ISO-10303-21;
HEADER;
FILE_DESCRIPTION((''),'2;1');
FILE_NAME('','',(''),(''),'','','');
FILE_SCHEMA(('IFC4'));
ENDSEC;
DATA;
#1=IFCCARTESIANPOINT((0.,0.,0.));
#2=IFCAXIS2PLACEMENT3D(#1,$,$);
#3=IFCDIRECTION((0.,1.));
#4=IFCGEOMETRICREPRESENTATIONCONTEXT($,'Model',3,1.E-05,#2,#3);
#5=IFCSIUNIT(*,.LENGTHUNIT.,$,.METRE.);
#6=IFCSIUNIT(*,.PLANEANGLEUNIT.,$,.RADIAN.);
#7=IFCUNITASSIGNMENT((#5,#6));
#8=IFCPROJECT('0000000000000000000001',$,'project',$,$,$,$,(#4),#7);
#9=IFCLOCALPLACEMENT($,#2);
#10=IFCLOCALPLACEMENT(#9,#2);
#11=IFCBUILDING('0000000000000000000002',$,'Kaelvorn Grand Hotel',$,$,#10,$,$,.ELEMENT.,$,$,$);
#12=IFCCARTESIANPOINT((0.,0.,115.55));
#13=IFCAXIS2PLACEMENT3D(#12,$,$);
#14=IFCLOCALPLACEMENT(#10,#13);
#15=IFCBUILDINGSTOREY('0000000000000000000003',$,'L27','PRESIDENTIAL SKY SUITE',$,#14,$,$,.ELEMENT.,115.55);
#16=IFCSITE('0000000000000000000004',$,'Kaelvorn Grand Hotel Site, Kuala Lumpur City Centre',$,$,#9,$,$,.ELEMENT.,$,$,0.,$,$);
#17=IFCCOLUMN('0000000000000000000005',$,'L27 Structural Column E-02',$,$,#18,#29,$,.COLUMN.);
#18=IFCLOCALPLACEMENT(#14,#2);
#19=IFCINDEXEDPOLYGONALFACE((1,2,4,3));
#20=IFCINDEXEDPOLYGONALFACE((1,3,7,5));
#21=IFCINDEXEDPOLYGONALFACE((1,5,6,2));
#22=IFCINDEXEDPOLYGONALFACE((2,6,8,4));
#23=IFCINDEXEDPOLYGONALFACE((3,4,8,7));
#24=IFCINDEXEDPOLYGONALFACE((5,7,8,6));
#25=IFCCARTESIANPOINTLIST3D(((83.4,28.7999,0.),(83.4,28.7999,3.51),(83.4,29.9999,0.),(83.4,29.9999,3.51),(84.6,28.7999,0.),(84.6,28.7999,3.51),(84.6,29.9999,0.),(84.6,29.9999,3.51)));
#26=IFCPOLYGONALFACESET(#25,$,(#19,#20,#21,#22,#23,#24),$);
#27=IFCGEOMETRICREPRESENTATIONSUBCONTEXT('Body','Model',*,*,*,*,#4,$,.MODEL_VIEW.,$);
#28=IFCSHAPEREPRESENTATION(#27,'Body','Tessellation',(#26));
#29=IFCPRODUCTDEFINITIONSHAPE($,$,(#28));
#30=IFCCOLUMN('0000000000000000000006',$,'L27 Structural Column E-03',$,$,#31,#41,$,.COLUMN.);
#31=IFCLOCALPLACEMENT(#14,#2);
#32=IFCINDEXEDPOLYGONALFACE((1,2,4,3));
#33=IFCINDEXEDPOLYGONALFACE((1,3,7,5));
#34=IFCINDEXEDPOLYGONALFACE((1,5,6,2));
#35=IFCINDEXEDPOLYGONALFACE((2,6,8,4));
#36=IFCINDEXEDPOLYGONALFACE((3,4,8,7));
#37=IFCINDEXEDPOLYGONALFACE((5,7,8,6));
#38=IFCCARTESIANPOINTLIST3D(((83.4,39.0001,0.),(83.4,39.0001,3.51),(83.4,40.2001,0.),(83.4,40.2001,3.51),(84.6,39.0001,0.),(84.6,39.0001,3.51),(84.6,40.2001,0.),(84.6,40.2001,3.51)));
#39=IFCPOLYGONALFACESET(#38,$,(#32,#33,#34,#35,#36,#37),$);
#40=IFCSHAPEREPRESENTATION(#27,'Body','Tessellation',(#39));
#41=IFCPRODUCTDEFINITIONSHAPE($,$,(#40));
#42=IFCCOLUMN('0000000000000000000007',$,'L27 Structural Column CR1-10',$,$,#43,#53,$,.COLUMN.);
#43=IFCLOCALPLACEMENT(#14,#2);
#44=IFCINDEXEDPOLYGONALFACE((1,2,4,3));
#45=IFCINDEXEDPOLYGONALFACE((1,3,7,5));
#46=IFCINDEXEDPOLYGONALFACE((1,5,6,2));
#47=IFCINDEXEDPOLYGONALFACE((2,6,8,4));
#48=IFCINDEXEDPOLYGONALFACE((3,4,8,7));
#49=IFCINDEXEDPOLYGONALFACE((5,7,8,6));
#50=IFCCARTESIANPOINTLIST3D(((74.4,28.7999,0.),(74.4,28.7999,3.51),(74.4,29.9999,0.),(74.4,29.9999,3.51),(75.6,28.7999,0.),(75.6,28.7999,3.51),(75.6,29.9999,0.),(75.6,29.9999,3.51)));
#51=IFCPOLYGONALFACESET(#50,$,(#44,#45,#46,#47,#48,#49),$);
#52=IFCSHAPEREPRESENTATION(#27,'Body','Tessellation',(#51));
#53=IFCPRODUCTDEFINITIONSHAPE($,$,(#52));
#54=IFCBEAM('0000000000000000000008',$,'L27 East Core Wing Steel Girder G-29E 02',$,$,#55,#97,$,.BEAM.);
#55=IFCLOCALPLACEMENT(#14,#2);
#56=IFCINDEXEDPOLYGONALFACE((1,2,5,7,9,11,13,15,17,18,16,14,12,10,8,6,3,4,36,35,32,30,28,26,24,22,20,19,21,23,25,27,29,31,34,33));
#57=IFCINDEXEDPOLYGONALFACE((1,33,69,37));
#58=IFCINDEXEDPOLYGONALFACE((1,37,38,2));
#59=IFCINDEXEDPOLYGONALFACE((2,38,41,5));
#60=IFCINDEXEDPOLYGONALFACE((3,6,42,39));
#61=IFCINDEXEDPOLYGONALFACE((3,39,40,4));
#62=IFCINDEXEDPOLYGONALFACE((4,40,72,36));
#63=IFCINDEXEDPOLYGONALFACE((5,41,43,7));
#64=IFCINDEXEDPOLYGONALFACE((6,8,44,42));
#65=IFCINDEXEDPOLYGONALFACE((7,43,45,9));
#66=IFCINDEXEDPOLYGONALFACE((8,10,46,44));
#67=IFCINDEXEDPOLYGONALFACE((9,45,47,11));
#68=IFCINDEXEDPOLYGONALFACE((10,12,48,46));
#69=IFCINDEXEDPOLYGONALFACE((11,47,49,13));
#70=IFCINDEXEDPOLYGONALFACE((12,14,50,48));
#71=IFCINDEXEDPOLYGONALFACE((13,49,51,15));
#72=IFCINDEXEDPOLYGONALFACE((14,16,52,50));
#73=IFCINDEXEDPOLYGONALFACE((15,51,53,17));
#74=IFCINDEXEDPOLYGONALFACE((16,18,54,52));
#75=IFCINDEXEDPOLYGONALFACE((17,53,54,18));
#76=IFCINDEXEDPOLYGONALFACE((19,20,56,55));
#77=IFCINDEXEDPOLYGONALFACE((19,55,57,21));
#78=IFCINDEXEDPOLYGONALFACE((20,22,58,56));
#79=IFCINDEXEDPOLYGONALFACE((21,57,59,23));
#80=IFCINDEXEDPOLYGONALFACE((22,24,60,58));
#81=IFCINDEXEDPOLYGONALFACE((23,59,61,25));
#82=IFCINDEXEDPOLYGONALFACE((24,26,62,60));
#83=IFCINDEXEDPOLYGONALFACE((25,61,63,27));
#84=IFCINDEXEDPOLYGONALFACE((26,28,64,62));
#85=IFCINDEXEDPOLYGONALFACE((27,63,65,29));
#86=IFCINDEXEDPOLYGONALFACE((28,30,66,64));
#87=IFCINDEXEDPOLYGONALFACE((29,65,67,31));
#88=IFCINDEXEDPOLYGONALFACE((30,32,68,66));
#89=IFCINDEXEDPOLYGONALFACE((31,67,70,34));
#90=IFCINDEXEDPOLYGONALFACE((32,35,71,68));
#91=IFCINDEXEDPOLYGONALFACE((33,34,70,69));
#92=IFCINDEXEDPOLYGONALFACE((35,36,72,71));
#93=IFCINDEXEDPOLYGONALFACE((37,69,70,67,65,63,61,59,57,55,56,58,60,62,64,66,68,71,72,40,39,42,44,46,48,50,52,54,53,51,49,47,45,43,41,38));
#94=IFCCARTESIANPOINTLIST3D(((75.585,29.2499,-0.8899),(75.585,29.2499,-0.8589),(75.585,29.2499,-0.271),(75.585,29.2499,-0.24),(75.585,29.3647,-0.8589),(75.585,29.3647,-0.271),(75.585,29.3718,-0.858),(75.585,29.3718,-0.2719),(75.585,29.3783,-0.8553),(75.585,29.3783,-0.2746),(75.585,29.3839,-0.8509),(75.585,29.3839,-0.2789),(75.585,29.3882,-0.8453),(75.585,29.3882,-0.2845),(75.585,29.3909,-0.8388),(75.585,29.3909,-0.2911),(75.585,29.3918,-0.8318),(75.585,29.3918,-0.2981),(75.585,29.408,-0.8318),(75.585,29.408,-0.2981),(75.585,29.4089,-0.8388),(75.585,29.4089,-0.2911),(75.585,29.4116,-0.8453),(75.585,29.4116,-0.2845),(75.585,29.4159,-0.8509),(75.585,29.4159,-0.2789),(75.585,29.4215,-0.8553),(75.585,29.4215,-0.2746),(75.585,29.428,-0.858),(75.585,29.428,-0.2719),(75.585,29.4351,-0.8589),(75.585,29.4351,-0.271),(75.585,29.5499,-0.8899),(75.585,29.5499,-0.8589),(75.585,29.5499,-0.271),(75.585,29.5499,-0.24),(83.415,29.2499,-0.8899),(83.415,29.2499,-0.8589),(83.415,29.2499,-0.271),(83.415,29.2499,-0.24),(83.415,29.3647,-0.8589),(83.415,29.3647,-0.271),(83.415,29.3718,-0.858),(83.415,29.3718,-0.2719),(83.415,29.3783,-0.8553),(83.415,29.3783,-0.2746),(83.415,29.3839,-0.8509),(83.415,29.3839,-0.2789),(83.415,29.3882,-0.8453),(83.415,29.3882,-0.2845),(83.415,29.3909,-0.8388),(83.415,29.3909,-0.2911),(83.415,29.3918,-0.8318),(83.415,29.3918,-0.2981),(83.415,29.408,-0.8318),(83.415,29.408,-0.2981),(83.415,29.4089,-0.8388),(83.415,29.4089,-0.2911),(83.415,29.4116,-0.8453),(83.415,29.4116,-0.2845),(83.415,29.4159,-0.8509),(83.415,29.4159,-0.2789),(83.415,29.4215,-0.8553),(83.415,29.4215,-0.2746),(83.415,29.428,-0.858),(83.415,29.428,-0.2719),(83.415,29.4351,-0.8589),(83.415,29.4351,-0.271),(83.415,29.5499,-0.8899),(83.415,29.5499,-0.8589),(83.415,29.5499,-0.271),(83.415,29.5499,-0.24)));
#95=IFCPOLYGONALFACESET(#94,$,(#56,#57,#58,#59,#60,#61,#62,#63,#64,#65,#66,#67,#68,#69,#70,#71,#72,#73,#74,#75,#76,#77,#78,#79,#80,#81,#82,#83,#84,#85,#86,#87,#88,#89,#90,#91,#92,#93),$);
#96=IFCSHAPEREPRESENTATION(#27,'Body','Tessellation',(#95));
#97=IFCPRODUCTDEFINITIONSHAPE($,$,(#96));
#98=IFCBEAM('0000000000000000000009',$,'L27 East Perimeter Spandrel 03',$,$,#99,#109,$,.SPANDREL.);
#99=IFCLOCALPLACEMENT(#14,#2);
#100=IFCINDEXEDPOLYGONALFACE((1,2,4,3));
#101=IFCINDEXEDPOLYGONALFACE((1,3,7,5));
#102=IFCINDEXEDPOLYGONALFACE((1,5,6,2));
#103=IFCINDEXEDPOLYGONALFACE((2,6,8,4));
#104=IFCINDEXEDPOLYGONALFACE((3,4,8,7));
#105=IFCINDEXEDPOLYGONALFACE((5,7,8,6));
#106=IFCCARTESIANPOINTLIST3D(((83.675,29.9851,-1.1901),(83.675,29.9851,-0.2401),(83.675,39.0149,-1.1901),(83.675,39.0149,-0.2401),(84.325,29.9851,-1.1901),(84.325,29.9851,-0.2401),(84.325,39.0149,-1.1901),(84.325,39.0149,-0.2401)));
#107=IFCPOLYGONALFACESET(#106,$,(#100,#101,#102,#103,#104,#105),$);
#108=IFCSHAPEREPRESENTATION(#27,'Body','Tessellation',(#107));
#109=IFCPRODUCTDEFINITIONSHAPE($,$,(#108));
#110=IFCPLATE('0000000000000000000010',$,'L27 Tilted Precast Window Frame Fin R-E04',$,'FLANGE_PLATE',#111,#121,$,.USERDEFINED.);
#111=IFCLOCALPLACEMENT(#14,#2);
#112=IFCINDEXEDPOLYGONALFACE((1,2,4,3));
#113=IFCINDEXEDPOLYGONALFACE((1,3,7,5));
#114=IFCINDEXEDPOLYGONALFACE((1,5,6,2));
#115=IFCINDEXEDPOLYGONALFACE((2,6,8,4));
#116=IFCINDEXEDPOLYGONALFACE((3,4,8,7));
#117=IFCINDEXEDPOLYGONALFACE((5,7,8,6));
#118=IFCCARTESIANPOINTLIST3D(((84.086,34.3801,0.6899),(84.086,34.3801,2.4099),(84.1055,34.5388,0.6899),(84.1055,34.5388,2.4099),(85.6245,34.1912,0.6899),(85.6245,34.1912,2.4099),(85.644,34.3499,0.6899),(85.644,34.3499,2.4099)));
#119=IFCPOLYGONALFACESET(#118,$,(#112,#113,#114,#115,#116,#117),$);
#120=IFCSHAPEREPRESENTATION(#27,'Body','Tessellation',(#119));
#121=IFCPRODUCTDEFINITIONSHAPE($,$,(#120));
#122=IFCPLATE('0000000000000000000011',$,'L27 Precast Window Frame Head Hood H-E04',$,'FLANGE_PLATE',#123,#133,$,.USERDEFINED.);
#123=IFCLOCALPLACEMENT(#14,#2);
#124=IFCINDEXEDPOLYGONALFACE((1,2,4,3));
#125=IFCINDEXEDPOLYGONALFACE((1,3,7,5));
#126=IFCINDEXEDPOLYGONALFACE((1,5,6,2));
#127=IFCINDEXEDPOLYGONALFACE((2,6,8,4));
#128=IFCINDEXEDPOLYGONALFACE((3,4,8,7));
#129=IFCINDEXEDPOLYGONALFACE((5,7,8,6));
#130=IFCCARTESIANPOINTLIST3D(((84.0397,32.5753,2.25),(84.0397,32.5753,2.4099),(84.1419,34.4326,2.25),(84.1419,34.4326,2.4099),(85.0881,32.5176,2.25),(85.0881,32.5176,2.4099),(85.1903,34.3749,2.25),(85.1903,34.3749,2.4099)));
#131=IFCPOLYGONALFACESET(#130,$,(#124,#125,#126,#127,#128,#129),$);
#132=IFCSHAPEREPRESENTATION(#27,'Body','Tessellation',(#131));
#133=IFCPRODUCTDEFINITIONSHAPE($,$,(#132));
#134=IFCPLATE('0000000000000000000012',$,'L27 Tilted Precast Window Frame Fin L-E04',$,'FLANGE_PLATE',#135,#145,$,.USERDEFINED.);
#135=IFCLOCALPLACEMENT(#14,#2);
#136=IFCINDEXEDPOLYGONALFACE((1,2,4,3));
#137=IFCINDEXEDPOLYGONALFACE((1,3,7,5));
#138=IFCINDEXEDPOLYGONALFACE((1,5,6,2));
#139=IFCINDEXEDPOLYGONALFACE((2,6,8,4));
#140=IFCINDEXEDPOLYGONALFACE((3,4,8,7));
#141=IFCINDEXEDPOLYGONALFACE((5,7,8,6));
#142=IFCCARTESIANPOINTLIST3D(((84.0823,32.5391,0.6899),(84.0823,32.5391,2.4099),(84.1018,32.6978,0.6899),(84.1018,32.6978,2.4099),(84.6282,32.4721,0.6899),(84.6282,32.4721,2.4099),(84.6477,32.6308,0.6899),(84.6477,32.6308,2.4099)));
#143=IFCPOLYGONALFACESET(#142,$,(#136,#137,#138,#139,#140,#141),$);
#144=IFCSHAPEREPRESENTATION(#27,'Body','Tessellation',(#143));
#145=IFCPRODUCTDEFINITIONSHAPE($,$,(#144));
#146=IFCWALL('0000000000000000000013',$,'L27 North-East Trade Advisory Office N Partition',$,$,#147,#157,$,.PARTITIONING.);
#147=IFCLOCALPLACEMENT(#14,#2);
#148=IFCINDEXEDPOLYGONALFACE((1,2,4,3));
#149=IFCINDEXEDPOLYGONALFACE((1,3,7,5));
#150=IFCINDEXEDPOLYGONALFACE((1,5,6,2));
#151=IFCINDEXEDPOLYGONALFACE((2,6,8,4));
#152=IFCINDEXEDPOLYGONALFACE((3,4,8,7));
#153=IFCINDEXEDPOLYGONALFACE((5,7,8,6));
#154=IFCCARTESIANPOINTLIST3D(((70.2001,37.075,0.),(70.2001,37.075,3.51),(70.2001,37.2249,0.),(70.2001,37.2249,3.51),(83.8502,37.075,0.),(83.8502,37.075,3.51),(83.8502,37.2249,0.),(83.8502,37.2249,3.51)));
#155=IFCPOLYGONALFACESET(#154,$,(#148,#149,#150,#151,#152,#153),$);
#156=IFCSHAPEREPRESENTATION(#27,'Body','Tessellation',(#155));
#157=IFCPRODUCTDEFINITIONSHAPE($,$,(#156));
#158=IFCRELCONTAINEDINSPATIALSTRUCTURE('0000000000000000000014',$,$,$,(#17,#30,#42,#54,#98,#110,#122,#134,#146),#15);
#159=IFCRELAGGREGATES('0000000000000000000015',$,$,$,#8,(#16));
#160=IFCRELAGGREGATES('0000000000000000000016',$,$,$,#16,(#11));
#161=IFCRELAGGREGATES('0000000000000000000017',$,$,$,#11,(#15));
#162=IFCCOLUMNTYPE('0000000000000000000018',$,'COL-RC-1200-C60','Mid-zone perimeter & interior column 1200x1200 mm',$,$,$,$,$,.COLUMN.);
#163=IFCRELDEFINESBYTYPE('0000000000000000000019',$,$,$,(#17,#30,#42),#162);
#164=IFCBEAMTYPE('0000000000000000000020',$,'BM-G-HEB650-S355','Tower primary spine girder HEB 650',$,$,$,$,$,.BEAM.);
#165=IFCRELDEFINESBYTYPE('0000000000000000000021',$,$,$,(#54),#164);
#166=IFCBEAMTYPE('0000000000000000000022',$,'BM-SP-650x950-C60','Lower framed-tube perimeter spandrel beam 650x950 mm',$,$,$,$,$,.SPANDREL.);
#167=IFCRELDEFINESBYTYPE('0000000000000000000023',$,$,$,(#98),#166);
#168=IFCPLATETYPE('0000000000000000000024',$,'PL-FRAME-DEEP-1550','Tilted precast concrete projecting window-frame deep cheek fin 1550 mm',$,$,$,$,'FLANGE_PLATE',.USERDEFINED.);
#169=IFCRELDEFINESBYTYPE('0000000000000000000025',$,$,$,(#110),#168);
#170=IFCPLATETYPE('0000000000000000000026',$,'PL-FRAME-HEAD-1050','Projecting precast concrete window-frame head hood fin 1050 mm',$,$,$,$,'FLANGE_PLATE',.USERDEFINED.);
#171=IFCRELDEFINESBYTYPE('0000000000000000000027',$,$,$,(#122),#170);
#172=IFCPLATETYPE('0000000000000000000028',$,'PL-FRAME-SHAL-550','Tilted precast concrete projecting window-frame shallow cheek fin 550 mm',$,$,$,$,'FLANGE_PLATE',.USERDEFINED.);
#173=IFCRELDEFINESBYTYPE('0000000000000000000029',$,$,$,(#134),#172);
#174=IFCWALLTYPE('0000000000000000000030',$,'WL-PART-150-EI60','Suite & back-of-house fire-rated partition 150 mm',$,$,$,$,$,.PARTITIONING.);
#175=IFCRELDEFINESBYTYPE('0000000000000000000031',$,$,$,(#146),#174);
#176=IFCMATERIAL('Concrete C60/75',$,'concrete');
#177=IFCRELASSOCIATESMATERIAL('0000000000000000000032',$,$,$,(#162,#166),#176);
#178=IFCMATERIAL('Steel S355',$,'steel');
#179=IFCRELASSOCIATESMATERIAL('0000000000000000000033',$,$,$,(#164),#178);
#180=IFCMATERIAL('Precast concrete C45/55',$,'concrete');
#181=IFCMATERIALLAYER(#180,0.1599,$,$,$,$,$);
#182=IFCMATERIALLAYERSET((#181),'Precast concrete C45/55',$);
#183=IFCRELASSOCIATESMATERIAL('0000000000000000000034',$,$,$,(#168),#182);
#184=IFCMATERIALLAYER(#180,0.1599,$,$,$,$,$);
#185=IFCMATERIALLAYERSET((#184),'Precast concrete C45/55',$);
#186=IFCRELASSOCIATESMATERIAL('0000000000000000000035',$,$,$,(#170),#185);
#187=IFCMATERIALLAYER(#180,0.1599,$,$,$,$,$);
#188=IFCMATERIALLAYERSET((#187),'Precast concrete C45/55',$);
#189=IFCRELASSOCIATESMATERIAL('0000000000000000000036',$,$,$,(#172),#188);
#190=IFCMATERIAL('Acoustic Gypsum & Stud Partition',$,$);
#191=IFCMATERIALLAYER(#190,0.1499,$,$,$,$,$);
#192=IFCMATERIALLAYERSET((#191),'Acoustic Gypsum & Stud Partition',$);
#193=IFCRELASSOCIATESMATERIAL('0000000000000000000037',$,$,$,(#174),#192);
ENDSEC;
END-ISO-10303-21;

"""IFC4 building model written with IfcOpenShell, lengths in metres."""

from ifc_helpers import new_model, si_unit, direction, frame, frame_2d, origin, origin_2d, place, context, subcontext, project, spatial, rectangle, i_section, extrude, material, layer, layer_set, material_profile, profile_set, type_object, element, save


model = new_model("IFC4")

# Units and contexts
model_context = context("Model", 3, precision=1e-05, world=origin(), true_north=direction((0.0, 1.0)))
body_context = subcontext(model_context, "Body", "Model", "MODEL_VIEW")
ifc_project = project(units=[si_unit("LENGTHUNIT", "METRE"), si_unit("PLANEANGLEUNIT", "RADIAN")], contexts=[model_context])

# Site, building, storey
site_placement = place(None, origin())
site = spatial("IfcSite", under=ifc_project, at=site_placement, Name="Kaelvorn Grand Hotel Site, Kuala Lumpur City Centre", CompositionType="ELEMENT", RefElevation=0.0)
building_placement = place(site_placement, origin())
building = spatial("IfcBuilding", under=site, at=building_placement, Name="Kaelvorn Grand Hotel", CompositionType="ELEMENT")
storey_placement = place(building_placement, frame((0.0, 0.0, 115.55)))
storey = spatial("IfcBuildingStorey", under=building, at=storey_placement, Name="L27", Description="PRESIDENTIAL SKY SUITE", CompositionType="ELEMENT", Elevation=115.55)

# Columns
ifc_material_1 = material(Name="Concrete C60/75", Category="concrete")
ifc_material_profile_1 = material_profile(ifc_material_1, rectangle(XDim=1.2, YDim=1.2, at=origin_2d()), Name="RC COL 1200x1200")
ifc_profile_set_1 = profile_set([ifc_material_profile_1], Name="Concrete C60/75")
column_type = type_object("IfcColumnType", Name="COL-RC-1200-C60", Description="Mid-zone perimeter & interior column 1200x1200 mm", PredefinedType="COLUMN", material=ifc_profile_set_1)
for number, where, z_axis, x_axis, name in (
    (1, (84.0, 29.3999, 0.0), (0.0, 0.0, 1.0), (1.0, 0.0, 0.0), "L27 Structural Column E-02"),
    (2, (84.0, 39.6001, 0.0), (0.0, 0.0, 1.0), (1.0, 0.0, 0.0), "L27 Structural Column E-03"),
    (3, (75.0, 29.3999, 0.0), (0.0, 0.0, 1.0), (1.0, 0.0, 0.0), "L27 Structural Column CR1-10"),
):
    element("IfcColumn", number, at=place(storey_placement, frame(where, z_axis=z_axis, x_axis=x_axis)), inside=storey, type_object=column_type, Name=name, PredefinedType="COLUMN", context=body_context, shape_type="SweptSolid", body=[
        extrude(rectangle(XDim=1.2, YDim=1.2, at=origin_2d()), origin(), (0.0, 0.0, 1.0), 3.51),
    ])

# Beams
ifc_material_2 = material(Name="Steel S355", Category="steel")
ifc_material_profile_2 = material_profile(ifc_material_2, i_section(OverallWidth=0.3, OverallDepth=0.6499, WebThickness=0.0161, FlangeThickness=0.031, FilletRadius=0.0271, at=origin_2d()), Name="HEB 650")
ifc_profile_set_2 = profile_set([ifc_material_profile_2], Name="Steel S355")
beam_type_1 = type_object("IfcBeamType", Name="BM-G-HEB650-S355", Description="Tower primary spine girder HEB 650", PredefinedType="BEAM", material=ifc_profile_set_2)
beam_1_placement = place(storey_placement, frame((75.585, 29.3999, -0.5649), z_axis=(1.0, 0.0, 0.0), x_axis=(0.0, 1.0, 0.0)))
element("IfcBeam", 4, at=beam_1_placement, inside=storey, type_object=beam_type_1, Name="L27 East Core Wing Steel Girder G-29E 02", PredefinedType="BEAM", context=body_context, shape_type="SweptSolid", body=[
    extrude(i_section(OverallWidth=0.3, OverallDepth=0.6499, WebThickness=0.0161, FlangeThickness=0.031, FilletRadius=0.0271, at=origin_2d()), origin(), (0.0, 0.0, 1.0), 7.8301),
])
ifc_material_profile_3 = material_profile(ifc_material_1, rectangle(XDim=0.6499, YDim=0.95, at=origin_2d()), Name="RC SPANDREL 650x950")
ifc_profile_set_3 = profile_set([ifc_material_profile_3], Name="Concrete C60/75")
beam_type_2 = type_object("IfcBeamType", Name="BM-SP-650x950-C60", Description="Lower framed-tube perimeter spandrel beam 650x950 mm", PredefinedType="SPANDREL", material=ifc_profile_set_3)
beam_2_placement = place(storey_placement, frame((84.0, 29.9851, -0.7151), z_axis=(0.0, 1.0, 0.0), x_axis=(-1.0, 0.0, 0.0)))
element("IfcBeam", 5, at=beam_2_placement, inside=storey, type_object=beam_type_2, Name="L27 East Perimeter Spandrel 03", PredefinedType="SPANDREL", context=body_context, shape_type="SweptSolid", body=[
    extrude(rectangle(XDim=0.6499, YDim=0.95, at=origin_2d()), origin(), (0.0, 0.0, 1.0), 9.0298),
])

# Plates
ifc_material_3 = material(Name="Precast concrete C45/55", Category="concrete")
ifc_layer_1 = layer(ifc_material_3, 0.1599)
ifc_layer_set_1 = layer_set([ifc_layer_1], Name="Precast concrete C45/55")
plate_type_1 = type_object("IfcPlateType", Name="PL-FRAME-DEEP-1550", Description="Tilted precast concrete projecting window-frame deep cheek fin 1550 mm", ElementType="FLANGE_PLATE", PredefinedType="USERDEFINED", material=ifc_layer_set_1)
plate_1_placement = place(storey_placement, frame((84.865, 34.365, 0.6899), z_axis=(0.0, 0.0, 1.0), x_axis=(0.121869, 0.992546, 0.0)))
element("IfcPlate", 6, at=plate_1_placement, inside=storey, type_object=plate_type_1, Name="L27 Tilted Precast Window Frame Fin R-E04", ObjectType="FLANGE_PLATE", PredefinedType="USERDEFINED", context=body_context, shape_type="SweptSolid", body=[
    extrude(rectangle(XDim=0.1599, YDim=1.55, at=origin_2d()), origin(), (0.0, 0.0, 1.0), 1.72),
])
ifc_layer_2 = layer(ifc_material_3, 0.1599)
ifc_layer_set_2 = layer_set([ifc_layer_2], Name="Precast concrete C45/55")
plate_type_2 = type_object("IfcPlateType", Name="PL-FRAME-HEAD-1050", Description="Projecting precast concrete window-frame head hood fin 1050 mm", ElementType="FLANGE_PLATE", PredefinedType="USERDEFINED", material=ifc_layer_set_2)
plate_2_placement = place(storey_placement, frame((84.615, 33.4751, 2.25), z_axis=(0.0, 0.0, 1.0), x_axis=(0.05495, 0.998489, 0.0)))
element("IfcPlate", 7, at=plate_2_placement, inside=storey, type_object=plate_type_2, Name="L27 Precast Window Frame Head Hood H-E04", ObjectType="FLANGE_PLATE", PredefinedType="USERDEFINED", context=body_context, shape_type="SweptSolid", body=[
    extrude(rectangle(XDim=1.8601, YDim=1.05, at=origin_2d()), origin(), (0.0, 0.0, 1.0), 0.1599),
])
ifc_layer_3 = layer(ifc_material_3, 0.1599)
ifc_layer_set_3 = layer_set([ifc_layer_3], Name="Precast concrete C45/55")
plate_type_3 = type_object("IfcPlateType", Name="PL-FRAME-SHAL-550", Description="Tilted precast concrete projecting window-frame shallow cheek fin 550 mm", ElementType="FLANGE_PLATE", PredefinedType="USERDEFINED", material=ifc_layer_set_3)
plate_3_placement = place(storey_placement, frame((84.365, 32.585, 0.6899), z_axis=(0.0, 0.0, 1.0), x_axis=(0.121869, 0.992546, 0.0)))
element("IfcPlate", 8, at=plate_3_placement, inside=storey, type_object=plate_type_3, Name="L27 Tilted Precast Window Frame Fin L-E04", ObjectType="FLANGE_PLATE", PredefinedType="USERDEFINED", context=body_context, shape_type="SweptSolid", body=[
    extrude(rectangle(XDim=0.1599, YDim=0.55, at=origin_2d()), origin(), (0.0, 0.0, 1.0), 1.72),
])

# Wall
ifc_material_4 = material(Name="Acoustic Gypsum & Stud Partition")
ifc_layer_4 = layer(ifc_material_4, 0.1499)
ifc_layer_set_4 = layer_set([ifc_layer_4], Name="Acoustic Gypsum & Stud Partition")
wall_type_1 = type_object("IfcWallType", Name="WL-PART-150-EI60", Description="Suite & back-of-house fire-rated partition 150 mm", PredefinedType="PARTITIONING", material=ifc_layer_set_4)
wall_1_placement = place(storey_placement, frame((70.2, 37.1499, 0.0), z_axis=(0.0, 0.0, 1.0), x_axis=(1.0, 0.0, 0.0)))
element("IfcWall", 9, at=wall_1_placement, inside=storey, type_object=wall_type_1, Name="L27 North-East Trade Advisory Office N Partition", PredefinedType="PARTITIONING", context=body_context, shape_type="SweptSolid", body=[
    extrude(rectangle(XDim=13.6501, YDim=0.1499, at=frame_2d((6.8252, 0.0))), origin(), (0.0, 0.0, 1.0), 3.51),
])

save(model, "model.ifc")
